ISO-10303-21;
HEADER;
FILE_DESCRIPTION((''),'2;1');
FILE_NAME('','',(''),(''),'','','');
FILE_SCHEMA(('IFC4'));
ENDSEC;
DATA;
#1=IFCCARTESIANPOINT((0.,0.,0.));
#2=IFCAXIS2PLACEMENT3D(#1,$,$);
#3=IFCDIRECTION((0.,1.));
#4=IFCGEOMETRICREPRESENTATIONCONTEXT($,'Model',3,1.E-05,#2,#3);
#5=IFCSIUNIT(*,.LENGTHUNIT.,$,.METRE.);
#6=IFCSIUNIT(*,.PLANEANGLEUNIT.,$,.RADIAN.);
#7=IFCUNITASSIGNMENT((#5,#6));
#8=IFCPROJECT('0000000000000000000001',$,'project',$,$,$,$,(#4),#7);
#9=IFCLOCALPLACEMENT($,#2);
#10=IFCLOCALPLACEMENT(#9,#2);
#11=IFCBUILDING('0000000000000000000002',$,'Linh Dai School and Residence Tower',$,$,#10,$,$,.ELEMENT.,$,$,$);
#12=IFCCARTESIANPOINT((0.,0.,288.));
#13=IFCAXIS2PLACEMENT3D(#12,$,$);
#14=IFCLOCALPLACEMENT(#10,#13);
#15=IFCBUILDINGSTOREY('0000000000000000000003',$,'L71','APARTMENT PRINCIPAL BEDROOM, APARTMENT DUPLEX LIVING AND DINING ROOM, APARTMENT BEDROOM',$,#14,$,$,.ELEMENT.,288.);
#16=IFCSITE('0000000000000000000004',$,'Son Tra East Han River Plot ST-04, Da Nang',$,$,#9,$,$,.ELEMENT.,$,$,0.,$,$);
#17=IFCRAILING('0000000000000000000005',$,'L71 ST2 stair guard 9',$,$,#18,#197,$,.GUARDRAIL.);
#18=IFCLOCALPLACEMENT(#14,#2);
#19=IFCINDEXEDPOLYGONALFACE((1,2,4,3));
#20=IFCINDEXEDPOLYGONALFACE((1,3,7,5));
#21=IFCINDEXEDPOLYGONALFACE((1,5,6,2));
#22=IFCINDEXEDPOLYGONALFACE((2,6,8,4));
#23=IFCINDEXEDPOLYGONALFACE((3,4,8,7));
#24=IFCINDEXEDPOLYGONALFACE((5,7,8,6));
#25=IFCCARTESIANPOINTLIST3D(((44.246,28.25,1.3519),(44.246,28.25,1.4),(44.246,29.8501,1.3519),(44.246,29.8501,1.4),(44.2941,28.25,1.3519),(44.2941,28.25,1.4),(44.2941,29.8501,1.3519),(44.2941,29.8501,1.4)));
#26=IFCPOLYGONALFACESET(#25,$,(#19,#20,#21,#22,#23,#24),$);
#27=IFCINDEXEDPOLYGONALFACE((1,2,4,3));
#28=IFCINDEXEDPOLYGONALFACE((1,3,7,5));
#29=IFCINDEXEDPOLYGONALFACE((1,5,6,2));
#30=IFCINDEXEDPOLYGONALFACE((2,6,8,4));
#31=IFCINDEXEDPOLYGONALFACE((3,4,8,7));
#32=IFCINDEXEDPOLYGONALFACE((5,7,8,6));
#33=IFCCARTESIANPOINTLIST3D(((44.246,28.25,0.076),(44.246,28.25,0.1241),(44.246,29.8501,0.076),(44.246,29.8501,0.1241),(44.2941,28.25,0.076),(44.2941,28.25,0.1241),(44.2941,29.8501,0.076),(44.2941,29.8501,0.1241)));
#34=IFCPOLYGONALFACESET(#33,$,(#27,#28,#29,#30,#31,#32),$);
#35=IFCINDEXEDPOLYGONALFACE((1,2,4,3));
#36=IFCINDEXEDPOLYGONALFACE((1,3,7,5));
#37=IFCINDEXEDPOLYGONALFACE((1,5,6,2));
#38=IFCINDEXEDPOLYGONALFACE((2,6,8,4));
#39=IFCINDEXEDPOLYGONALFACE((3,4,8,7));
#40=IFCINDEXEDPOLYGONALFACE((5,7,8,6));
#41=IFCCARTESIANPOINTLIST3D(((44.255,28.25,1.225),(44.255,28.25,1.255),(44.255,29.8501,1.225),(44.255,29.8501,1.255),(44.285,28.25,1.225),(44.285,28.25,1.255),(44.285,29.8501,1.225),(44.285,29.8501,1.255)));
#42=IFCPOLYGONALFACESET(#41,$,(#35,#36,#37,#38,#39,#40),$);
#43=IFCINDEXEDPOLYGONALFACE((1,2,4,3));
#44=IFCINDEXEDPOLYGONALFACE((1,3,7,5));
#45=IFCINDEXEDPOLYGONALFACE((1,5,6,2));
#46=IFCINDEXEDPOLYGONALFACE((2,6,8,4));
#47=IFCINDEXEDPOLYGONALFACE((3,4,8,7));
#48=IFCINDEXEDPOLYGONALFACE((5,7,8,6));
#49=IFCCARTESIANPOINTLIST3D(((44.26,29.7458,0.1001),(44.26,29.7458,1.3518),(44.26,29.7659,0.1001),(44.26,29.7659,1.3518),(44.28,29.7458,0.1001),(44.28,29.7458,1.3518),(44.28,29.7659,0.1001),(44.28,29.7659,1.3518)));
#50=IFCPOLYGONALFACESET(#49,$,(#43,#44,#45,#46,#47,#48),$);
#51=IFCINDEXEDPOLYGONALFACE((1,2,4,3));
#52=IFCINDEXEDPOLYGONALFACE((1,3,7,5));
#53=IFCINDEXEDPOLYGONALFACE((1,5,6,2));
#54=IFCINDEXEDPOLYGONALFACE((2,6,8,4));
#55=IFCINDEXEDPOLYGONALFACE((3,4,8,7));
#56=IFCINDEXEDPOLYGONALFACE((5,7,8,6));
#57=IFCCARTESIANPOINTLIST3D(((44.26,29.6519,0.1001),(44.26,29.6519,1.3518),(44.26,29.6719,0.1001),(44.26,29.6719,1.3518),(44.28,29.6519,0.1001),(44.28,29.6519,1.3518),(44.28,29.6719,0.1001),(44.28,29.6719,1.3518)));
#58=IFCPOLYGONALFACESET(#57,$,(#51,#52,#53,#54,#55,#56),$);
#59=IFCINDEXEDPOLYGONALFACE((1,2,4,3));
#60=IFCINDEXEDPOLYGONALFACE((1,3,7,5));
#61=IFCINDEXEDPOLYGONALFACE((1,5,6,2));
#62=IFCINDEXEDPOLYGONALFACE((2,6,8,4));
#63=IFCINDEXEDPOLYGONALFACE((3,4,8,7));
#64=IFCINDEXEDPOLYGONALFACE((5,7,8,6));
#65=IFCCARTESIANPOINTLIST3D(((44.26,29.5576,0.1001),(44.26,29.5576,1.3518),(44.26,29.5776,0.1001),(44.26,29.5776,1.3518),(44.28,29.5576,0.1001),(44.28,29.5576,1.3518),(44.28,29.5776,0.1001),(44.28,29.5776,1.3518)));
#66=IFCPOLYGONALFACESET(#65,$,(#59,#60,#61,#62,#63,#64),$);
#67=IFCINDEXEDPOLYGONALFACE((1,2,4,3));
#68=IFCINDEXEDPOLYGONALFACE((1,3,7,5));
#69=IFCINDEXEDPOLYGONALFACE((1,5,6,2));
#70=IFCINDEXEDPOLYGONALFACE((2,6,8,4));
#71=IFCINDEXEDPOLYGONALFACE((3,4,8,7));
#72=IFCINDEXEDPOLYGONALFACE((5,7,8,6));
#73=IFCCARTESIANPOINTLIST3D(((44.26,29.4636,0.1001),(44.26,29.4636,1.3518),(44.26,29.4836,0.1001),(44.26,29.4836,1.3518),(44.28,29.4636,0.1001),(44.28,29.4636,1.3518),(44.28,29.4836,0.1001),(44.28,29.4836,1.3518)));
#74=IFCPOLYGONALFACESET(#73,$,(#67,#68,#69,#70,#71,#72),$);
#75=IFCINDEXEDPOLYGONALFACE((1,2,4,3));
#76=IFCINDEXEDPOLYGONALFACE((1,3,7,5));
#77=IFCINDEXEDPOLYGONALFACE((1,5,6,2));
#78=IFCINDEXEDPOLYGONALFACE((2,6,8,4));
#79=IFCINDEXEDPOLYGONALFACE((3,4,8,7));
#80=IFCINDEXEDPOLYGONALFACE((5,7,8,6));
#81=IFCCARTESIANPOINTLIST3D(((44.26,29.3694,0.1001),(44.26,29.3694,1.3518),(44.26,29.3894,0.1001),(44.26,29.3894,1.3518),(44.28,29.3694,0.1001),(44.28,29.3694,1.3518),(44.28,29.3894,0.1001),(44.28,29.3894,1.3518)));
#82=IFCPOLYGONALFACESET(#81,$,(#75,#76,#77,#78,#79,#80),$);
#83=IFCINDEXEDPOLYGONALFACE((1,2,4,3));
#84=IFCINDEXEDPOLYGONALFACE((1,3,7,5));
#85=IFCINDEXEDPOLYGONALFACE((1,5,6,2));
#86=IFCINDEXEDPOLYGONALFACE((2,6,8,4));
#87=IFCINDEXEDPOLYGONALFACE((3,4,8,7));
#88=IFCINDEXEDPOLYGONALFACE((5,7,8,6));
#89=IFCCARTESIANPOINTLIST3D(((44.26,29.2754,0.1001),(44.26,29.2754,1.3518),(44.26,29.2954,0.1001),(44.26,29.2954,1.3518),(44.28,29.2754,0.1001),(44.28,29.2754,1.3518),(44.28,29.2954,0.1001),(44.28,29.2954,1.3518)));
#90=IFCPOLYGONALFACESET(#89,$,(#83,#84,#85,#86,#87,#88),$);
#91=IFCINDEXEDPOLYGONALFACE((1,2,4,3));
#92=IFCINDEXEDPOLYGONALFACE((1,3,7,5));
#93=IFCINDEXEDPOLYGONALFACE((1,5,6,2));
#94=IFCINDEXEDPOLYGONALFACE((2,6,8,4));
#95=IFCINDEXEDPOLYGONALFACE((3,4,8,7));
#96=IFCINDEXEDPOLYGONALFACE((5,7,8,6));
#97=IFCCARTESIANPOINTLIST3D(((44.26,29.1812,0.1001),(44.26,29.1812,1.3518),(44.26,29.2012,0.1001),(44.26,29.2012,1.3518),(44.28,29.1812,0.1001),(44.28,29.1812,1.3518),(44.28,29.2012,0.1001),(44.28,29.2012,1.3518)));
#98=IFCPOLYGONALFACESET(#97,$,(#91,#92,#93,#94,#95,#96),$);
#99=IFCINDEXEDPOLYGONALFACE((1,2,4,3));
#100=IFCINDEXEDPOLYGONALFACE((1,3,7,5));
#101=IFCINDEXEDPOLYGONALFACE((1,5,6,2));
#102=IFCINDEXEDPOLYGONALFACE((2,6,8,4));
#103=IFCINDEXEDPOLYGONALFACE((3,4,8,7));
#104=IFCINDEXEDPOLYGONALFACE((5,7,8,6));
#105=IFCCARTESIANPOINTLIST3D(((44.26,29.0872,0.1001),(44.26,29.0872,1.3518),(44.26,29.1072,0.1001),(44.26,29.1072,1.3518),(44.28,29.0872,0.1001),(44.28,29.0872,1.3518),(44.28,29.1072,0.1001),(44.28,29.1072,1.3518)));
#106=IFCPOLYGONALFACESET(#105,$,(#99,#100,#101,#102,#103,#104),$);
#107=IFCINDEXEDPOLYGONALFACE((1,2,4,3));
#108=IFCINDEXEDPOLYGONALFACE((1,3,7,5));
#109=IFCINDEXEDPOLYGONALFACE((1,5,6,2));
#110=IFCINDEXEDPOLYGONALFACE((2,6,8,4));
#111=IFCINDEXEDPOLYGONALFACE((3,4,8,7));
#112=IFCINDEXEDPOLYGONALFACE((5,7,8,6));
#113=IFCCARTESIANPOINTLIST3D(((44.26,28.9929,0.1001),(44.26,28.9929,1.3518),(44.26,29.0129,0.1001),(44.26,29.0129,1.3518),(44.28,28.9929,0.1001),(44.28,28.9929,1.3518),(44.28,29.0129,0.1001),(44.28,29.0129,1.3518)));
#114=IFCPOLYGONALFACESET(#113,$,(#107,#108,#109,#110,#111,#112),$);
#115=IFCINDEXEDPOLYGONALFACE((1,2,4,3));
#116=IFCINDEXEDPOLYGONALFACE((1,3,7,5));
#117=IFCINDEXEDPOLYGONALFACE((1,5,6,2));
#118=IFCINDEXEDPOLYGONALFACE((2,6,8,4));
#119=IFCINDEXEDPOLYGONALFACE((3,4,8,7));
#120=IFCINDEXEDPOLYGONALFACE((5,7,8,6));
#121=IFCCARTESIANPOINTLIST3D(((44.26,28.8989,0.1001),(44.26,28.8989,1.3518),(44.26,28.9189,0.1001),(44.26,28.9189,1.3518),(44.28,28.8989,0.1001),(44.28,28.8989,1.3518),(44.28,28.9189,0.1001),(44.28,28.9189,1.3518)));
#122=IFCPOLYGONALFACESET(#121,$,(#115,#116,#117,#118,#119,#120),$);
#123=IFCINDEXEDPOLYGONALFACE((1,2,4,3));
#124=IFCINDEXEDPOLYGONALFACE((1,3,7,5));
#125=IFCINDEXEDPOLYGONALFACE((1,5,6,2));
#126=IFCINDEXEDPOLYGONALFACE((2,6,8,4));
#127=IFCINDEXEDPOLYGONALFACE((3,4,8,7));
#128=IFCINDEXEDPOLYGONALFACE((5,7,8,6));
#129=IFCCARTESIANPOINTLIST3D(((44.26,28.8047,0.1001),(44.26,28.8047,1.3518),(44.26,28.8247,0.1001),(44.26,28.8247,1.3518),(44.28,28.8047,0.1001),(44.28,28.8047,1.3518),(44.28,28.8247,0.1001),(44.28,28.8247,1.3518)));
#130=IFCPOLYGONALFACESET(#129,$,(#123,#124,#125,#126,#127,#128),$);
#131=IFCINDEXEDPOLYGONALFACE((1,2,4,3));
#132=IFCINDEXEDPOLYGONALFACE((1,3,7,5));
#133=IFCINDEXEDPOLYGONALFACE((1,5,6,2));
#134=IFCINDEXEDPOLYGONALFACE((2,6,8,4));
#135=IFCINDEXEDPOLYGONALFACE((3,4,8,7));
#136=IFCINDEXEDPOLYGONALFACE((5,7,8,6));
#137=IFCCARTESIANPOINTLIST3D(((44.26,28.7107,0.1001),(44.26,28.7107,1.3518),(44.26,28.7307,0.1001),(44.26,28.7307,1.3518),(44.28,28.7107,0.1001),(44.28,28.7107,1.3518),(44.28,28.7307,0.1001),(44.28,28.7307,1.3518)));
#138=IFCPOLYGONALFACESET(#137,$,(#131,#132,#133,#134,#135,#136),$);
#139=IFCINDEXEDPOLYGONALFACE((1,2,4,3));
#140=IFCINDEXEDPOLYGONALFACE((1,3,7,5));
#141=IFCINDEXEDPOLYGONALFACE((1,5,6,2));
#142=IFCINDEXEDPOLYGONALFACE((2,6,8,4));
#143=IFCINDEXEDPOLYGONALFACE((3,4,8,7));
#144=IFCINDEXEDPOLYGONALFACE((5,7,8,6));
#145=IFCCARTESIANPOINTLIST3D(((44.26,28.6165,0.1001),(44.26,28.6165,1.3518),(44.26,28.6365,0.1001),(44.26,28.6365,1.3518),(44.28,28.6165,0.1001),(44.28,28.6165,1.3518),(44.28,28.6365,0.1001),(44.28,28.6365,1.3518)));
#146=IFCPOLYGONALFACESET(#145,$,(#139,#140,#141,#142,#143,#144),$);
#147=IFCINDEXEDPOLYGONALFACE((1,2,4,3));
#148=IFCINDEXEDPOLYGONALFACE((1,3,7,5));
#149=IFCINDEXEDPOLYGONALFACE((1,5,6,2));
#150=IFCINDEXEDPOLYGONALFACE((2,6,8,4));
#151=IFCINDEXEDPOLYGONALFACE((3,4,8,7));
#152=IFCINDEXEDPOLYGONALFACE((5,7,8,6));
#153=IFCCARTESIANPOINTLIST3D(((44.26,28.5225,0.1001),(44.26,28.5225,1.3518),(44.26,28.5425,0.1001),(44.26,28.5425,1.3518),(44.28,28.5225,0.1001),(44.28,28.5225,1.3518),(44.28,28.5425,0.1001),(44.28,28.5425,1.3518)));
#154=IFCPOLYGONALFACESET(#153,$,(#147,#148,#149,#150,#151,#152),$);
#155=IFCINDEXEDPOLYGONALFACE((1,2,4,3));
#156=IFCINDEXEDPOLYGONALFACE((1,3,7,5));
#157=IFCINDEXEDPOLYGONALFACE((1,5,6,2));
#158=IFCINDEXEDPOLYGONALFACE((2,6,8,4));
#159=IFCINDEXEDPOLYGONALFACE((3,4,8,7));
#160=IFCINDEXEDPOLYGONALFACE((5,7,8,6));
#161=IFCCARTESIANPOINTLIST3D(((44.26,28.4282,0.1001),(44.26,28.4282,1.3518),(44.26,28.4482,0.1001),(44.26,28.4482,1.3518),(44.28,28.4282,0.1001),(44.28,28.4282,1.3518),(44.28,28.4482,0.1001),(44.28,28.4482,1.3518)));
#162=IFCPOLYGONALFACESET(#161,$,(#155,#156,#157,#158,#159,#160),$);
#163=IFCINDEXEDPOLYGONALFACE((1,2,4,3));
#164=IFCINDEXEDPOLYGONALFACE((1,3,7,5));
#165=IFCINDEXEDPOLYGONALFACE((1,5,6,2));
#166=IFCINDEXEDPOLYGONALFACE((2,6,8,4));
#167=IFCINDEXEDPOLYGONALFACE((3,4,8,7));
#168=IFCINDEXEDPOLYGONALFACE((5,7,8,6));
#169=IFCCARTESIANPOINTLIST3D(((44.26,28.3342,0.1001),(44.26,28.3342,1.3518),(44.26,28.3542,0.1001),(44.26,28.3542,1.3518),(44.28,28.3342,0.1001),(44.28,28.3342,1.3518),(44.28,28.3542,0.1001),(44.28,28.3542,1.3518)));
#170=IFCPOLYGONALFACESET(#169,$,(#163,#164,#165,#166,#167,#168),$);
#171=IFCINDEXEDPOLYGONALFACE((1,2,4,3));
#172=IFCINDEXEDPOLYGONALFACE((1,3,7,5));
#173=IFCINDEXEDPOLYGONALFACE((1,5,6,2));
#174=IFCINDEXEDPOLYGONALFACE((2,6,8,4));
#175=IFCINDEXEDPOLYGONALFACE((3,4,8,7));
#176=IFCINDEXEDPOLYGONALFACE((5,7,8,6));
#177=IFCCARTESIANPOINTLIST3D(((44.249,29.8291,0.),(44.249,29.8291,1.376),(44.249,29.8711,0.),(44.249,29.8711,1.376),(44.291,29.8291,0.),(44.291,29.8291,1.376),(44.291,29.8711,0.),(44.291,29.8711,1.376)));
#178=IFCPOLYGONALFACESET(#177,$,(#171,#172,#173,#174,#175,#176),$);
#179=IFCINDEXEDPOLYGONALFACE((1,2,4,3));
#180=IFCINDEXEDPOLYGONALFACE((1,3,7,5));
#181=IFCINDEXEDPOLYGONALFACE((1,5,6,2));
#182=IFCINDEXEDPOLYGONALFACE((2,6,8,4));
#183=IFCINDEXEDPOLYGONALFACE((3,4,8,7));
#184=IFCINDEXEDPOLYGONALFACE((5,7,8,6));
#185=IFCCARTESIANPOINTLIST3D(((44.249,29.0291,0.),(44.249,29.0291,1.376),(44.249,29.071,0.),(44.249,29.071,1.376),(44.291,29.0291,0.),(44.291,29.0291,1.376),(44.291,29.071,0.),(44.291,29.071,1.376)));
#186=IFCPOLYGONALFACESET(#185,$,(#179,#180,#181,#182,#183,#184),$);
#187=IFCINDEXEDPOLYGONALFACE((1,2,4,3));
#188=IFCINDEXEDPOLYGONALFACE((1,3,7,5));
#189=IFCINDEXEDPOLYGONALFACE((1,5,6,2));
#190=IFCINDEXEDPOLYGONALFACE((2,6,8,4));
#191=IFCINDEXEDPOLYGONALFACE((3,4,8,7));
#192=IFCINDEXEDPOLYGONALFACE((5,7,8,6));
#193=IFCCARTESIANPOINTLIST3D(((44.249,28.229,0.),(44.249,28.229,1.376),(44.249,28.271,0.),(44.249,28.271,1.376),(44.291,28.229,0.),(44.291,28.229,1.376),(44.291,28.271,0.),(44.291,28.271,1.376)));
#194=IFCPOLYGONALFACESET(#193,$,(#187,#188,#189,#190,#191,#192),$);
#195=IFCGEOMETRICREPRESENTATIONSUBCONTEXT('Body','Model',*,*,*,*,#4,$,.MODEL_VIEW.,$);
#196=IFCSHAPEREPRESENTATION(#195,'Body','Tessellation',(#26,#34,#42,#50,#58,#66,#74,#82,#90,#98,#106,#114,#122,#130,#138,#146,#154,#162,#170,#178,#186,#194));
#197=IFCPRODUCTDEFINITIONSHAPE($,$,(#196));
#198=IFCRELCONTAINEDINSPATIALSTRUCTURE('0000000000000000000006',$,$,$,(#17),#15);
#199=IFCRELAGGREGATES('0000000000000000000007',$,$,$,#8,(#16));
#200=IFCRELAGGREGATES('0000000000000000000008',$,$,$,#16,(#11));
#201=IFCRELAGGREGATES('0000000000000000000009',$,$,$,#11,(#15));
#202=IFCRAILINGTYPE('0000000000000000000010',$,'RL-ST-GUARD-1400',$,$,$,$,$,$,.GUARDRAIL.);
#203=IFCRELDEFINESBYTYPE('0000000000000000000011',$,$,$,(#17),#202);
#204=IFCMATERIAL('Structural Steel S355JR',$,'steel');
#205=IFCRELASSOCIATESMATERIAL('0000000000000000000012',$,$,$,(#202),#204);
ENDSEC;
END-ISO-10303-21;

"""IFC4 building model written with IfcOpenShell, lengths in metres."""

from ifc_helpers import new_model, si_unit, direction, frame, origin, origin_2d, place, context, subcontext, project, spatial, rectangle, extrude, source, transform, mapped, material, type_object, element, save


model = new_model("IFC4")

# Units and contexts
model_context = context("Model", 3, precision=1e-05, world=origin(), true_north=direction((0.0, 1.0)))
body_context = subcontext(model_context, "Body", "Model", "MODEL_VIEW")
ifc_project = project(units=[si_unit("LENGTHUNIT", "METRE"), si_unit("PLANEANGLEUNIT", "RADIAN")], contexts=[model_context])

# Site, building, storey
site_placement = place(None, origin())
site = spatial("IfcSite", under=ifc_project, at=site_placement, Name="Son Tra East Han River Plot ST-04, Da Nang", CompositionType="ELEMENT", RefElevation=0.0)
building_placement = place(site_placement, origin())
building = spatial("IfcBuilding", under=site, at=building_placement, Name="Linh Dai School and Residence Tower", CompositionType="ELEMENT")
storey_placement = place(building_placement, frame((0.0, 0.0, 288.0)))
storey = spatial("IfcBuildingStorey", under=building, at=storey_placement, Name="L71", Description="APARTMENT PRINCIPAL BEDROOM, APARTMENT DUPLEX LIVING AND DINING ROOM, APARTMENT BEDROOM", CompositionType="ELEMENT", Elevation=288.0)

# Shared definitions
ifc_material_1 = material(Name="Structural Steel S355JR", Category="steel")

# Railing
railing_type_1 = type_object("IfcRailingType", Name="RL-ST-GUARD-1400", PredefinedType="GUARDRAIL", material=ifc_material_1)
shared_shape_1 = source(origin(), body_context, "Body", "SweptSolid", [
    extrude(rectangle(XDim=0.0481, YDim=0.0481, at=origin_2d()), frame((0.0, 0.0, 1.376), z_axis=(0.0, -1.0, 0.0), x_axis=(1.0, 0.0, 0.0)), (0.0, 0.0, 1.0), 1.6001),
    extrude(rectangle(XDim=0.0481, YDim=0.0481, at=origin_2d()), frame((0.0, 0.0, 0.1001), z_axis=(0.0, -1.0, 0.0), x_axis=(1.0, 0.0, 0.0)), (0.0, 0.0, 1.0), 1.6001),
    extrude(rectangle(XDim=0.03, YDim=0.03, at=origin_2d()), frame((0.0, 0.0, 1.24), z_axis=(0.0, -1.0, 0.0), x_axis=(1.0, 0.0, 0.0)), (0.0, 0.0, 1.0), 1.6001),
    extrude(rectangle(XDim=0.02, YDim=0.02, at=origin_2d()), frame((0.0, -0.0942, 0.1001)), (0.0, 0.0, 1.0), 1.2517),
    extrude(rectangle(XDim=0.02, YDim=0.02, at=origin_2d()), frame((0.0, -0.1882, 0.1001)), (0.0, 0.0, 1.0), 1.2517),
    extrude(rectangle(XDim=0.02, YDim=0.02, at=origin_2d()), frame((0.0, -0.2825, 0.1001)), (0.0, 0.0, 1.0), 1.2517),
    extrude(rectangle(XDim=0.02, YDim=0.02, at=origin_2d()), frame((0.0, -0.3765, 0.1001)), (0.0, 0.0, 1.0), 1.2517),
    extrude(rectangle(XDim=0.02, YDim=0.02, at=origin_2d()), frame((0.0, -0.4707, 0.1001)), (0.0, 0.0, 1.0), 1.2517),
    extrude(rectangle(XDim=0.02, YDim=0.02, at=origin_2d()), frame((0.0, -0.5647, 0.1001)), (0.0, 0.0, 1.0), 1.2517),
    extrude(rectangle(XDim=0.02, YDim=0.02, at=origin_2d()), frame((0.0, -0.6589, 0.1001)), (0.0, 0.0, 1.0), 1.2517),
    extrude(rectangle(XDim=0.02, YDim=0.02, at=origin_2d()), frame((0.0, -0.7529, 0.1001)), (0.0, 0.0, 1.0), 1.2517),
    extrude(rectangle(XDim=0.02, YDim=0.02, at=origin_2d()), frame((0.0, -0.8472, 0.1001)), (0.0, 0.0, 1.0), 1.2517),
    extrude(rectangle(XDim=0.02, YDim=0.02, at=origin_2d()), frame((0.0, -0.9412, 0.1001)), (0.0, 0.0, 1.0), 1.2517),
    extrude(rectangle(XDim=0.02, YDim=0.02, at=origin_2d()), frame((0.0, -1.0354, 0.1001)), (0.0, 0.0, 1.0), 1.2517),
    extrude(rectangle(XDim=0.02, YDim=0.02, at=origin_2d()), frame((0.0, -1.1294, 0.1001)), (0.0, 0.0, 1.0), 1.2517),
    extrude(rectangle(XDim=0.02, YDim=0.02, at=origin_2d()), frame((0.0, -1.2236, 0.1001)), (0.0, 0.0, 1.0), 1.2517),
    extrude(rectangle(XDim=0.02, YDim=0.02, at=origin_2d()), frame((0.0, -1.3176, 0.1001)), (0.0, 0.0, 1.0), 1.2517),
    extrude(rectangle(XDim=0.02, YDim=0.02, at=origin_2d()), frame((0.0, -1.4119, 0.1001)), (0.0, 0.0, 1.0), 1.2517),
    extrude(rectangle(XDim=0.02, YDim=0.02, at=origin_2d()), frame((0.0, -1.5059, 0.1001)), (0.0, 0.0, 1.0), 1.2517),
    extrude(rectangle(XDim=0.042, YDim=0.042, at=origin_2d()), origin(), (0.0, 0.0, 1.0), 1.376),
    extrude(rectangle(XDim=0.042, YDim=0.042, at=origin_2d()), frame((0.0, -0.8, 0.0)), (0.0, 0.0, 1.0), 1.376),
    extrude(rectangle(XDim=0.042, YDim=0.042, at=origin_2d()), frame((0.0, -1.6001, 0.0)), (0.0, 0.0, 1.0), 1.376),
])
for number, where, name in (
    (1, (44.27, 29.8501, 0.0), "L71 ST2 stair guard 9"),
):
    element("IfcRailing", number, at=place(storey_placement, frame(where)), inside=storey, type_object=railing_type_1, Name=name, PredefinedType="GUARDRAIL", context=body_context, shape_type="MappedRepresentation", body=[
        mapped(shared_shape_1, transform((0.0, 0.0, 0.0), x_axis=(1.0, 0.0, 0.0), y_axis=(0.0, 1.0, 0.0), z_axis=(0.0, 0.0, 1.0), scale=1.0)),
    ])

save(model, "model.ifc")
